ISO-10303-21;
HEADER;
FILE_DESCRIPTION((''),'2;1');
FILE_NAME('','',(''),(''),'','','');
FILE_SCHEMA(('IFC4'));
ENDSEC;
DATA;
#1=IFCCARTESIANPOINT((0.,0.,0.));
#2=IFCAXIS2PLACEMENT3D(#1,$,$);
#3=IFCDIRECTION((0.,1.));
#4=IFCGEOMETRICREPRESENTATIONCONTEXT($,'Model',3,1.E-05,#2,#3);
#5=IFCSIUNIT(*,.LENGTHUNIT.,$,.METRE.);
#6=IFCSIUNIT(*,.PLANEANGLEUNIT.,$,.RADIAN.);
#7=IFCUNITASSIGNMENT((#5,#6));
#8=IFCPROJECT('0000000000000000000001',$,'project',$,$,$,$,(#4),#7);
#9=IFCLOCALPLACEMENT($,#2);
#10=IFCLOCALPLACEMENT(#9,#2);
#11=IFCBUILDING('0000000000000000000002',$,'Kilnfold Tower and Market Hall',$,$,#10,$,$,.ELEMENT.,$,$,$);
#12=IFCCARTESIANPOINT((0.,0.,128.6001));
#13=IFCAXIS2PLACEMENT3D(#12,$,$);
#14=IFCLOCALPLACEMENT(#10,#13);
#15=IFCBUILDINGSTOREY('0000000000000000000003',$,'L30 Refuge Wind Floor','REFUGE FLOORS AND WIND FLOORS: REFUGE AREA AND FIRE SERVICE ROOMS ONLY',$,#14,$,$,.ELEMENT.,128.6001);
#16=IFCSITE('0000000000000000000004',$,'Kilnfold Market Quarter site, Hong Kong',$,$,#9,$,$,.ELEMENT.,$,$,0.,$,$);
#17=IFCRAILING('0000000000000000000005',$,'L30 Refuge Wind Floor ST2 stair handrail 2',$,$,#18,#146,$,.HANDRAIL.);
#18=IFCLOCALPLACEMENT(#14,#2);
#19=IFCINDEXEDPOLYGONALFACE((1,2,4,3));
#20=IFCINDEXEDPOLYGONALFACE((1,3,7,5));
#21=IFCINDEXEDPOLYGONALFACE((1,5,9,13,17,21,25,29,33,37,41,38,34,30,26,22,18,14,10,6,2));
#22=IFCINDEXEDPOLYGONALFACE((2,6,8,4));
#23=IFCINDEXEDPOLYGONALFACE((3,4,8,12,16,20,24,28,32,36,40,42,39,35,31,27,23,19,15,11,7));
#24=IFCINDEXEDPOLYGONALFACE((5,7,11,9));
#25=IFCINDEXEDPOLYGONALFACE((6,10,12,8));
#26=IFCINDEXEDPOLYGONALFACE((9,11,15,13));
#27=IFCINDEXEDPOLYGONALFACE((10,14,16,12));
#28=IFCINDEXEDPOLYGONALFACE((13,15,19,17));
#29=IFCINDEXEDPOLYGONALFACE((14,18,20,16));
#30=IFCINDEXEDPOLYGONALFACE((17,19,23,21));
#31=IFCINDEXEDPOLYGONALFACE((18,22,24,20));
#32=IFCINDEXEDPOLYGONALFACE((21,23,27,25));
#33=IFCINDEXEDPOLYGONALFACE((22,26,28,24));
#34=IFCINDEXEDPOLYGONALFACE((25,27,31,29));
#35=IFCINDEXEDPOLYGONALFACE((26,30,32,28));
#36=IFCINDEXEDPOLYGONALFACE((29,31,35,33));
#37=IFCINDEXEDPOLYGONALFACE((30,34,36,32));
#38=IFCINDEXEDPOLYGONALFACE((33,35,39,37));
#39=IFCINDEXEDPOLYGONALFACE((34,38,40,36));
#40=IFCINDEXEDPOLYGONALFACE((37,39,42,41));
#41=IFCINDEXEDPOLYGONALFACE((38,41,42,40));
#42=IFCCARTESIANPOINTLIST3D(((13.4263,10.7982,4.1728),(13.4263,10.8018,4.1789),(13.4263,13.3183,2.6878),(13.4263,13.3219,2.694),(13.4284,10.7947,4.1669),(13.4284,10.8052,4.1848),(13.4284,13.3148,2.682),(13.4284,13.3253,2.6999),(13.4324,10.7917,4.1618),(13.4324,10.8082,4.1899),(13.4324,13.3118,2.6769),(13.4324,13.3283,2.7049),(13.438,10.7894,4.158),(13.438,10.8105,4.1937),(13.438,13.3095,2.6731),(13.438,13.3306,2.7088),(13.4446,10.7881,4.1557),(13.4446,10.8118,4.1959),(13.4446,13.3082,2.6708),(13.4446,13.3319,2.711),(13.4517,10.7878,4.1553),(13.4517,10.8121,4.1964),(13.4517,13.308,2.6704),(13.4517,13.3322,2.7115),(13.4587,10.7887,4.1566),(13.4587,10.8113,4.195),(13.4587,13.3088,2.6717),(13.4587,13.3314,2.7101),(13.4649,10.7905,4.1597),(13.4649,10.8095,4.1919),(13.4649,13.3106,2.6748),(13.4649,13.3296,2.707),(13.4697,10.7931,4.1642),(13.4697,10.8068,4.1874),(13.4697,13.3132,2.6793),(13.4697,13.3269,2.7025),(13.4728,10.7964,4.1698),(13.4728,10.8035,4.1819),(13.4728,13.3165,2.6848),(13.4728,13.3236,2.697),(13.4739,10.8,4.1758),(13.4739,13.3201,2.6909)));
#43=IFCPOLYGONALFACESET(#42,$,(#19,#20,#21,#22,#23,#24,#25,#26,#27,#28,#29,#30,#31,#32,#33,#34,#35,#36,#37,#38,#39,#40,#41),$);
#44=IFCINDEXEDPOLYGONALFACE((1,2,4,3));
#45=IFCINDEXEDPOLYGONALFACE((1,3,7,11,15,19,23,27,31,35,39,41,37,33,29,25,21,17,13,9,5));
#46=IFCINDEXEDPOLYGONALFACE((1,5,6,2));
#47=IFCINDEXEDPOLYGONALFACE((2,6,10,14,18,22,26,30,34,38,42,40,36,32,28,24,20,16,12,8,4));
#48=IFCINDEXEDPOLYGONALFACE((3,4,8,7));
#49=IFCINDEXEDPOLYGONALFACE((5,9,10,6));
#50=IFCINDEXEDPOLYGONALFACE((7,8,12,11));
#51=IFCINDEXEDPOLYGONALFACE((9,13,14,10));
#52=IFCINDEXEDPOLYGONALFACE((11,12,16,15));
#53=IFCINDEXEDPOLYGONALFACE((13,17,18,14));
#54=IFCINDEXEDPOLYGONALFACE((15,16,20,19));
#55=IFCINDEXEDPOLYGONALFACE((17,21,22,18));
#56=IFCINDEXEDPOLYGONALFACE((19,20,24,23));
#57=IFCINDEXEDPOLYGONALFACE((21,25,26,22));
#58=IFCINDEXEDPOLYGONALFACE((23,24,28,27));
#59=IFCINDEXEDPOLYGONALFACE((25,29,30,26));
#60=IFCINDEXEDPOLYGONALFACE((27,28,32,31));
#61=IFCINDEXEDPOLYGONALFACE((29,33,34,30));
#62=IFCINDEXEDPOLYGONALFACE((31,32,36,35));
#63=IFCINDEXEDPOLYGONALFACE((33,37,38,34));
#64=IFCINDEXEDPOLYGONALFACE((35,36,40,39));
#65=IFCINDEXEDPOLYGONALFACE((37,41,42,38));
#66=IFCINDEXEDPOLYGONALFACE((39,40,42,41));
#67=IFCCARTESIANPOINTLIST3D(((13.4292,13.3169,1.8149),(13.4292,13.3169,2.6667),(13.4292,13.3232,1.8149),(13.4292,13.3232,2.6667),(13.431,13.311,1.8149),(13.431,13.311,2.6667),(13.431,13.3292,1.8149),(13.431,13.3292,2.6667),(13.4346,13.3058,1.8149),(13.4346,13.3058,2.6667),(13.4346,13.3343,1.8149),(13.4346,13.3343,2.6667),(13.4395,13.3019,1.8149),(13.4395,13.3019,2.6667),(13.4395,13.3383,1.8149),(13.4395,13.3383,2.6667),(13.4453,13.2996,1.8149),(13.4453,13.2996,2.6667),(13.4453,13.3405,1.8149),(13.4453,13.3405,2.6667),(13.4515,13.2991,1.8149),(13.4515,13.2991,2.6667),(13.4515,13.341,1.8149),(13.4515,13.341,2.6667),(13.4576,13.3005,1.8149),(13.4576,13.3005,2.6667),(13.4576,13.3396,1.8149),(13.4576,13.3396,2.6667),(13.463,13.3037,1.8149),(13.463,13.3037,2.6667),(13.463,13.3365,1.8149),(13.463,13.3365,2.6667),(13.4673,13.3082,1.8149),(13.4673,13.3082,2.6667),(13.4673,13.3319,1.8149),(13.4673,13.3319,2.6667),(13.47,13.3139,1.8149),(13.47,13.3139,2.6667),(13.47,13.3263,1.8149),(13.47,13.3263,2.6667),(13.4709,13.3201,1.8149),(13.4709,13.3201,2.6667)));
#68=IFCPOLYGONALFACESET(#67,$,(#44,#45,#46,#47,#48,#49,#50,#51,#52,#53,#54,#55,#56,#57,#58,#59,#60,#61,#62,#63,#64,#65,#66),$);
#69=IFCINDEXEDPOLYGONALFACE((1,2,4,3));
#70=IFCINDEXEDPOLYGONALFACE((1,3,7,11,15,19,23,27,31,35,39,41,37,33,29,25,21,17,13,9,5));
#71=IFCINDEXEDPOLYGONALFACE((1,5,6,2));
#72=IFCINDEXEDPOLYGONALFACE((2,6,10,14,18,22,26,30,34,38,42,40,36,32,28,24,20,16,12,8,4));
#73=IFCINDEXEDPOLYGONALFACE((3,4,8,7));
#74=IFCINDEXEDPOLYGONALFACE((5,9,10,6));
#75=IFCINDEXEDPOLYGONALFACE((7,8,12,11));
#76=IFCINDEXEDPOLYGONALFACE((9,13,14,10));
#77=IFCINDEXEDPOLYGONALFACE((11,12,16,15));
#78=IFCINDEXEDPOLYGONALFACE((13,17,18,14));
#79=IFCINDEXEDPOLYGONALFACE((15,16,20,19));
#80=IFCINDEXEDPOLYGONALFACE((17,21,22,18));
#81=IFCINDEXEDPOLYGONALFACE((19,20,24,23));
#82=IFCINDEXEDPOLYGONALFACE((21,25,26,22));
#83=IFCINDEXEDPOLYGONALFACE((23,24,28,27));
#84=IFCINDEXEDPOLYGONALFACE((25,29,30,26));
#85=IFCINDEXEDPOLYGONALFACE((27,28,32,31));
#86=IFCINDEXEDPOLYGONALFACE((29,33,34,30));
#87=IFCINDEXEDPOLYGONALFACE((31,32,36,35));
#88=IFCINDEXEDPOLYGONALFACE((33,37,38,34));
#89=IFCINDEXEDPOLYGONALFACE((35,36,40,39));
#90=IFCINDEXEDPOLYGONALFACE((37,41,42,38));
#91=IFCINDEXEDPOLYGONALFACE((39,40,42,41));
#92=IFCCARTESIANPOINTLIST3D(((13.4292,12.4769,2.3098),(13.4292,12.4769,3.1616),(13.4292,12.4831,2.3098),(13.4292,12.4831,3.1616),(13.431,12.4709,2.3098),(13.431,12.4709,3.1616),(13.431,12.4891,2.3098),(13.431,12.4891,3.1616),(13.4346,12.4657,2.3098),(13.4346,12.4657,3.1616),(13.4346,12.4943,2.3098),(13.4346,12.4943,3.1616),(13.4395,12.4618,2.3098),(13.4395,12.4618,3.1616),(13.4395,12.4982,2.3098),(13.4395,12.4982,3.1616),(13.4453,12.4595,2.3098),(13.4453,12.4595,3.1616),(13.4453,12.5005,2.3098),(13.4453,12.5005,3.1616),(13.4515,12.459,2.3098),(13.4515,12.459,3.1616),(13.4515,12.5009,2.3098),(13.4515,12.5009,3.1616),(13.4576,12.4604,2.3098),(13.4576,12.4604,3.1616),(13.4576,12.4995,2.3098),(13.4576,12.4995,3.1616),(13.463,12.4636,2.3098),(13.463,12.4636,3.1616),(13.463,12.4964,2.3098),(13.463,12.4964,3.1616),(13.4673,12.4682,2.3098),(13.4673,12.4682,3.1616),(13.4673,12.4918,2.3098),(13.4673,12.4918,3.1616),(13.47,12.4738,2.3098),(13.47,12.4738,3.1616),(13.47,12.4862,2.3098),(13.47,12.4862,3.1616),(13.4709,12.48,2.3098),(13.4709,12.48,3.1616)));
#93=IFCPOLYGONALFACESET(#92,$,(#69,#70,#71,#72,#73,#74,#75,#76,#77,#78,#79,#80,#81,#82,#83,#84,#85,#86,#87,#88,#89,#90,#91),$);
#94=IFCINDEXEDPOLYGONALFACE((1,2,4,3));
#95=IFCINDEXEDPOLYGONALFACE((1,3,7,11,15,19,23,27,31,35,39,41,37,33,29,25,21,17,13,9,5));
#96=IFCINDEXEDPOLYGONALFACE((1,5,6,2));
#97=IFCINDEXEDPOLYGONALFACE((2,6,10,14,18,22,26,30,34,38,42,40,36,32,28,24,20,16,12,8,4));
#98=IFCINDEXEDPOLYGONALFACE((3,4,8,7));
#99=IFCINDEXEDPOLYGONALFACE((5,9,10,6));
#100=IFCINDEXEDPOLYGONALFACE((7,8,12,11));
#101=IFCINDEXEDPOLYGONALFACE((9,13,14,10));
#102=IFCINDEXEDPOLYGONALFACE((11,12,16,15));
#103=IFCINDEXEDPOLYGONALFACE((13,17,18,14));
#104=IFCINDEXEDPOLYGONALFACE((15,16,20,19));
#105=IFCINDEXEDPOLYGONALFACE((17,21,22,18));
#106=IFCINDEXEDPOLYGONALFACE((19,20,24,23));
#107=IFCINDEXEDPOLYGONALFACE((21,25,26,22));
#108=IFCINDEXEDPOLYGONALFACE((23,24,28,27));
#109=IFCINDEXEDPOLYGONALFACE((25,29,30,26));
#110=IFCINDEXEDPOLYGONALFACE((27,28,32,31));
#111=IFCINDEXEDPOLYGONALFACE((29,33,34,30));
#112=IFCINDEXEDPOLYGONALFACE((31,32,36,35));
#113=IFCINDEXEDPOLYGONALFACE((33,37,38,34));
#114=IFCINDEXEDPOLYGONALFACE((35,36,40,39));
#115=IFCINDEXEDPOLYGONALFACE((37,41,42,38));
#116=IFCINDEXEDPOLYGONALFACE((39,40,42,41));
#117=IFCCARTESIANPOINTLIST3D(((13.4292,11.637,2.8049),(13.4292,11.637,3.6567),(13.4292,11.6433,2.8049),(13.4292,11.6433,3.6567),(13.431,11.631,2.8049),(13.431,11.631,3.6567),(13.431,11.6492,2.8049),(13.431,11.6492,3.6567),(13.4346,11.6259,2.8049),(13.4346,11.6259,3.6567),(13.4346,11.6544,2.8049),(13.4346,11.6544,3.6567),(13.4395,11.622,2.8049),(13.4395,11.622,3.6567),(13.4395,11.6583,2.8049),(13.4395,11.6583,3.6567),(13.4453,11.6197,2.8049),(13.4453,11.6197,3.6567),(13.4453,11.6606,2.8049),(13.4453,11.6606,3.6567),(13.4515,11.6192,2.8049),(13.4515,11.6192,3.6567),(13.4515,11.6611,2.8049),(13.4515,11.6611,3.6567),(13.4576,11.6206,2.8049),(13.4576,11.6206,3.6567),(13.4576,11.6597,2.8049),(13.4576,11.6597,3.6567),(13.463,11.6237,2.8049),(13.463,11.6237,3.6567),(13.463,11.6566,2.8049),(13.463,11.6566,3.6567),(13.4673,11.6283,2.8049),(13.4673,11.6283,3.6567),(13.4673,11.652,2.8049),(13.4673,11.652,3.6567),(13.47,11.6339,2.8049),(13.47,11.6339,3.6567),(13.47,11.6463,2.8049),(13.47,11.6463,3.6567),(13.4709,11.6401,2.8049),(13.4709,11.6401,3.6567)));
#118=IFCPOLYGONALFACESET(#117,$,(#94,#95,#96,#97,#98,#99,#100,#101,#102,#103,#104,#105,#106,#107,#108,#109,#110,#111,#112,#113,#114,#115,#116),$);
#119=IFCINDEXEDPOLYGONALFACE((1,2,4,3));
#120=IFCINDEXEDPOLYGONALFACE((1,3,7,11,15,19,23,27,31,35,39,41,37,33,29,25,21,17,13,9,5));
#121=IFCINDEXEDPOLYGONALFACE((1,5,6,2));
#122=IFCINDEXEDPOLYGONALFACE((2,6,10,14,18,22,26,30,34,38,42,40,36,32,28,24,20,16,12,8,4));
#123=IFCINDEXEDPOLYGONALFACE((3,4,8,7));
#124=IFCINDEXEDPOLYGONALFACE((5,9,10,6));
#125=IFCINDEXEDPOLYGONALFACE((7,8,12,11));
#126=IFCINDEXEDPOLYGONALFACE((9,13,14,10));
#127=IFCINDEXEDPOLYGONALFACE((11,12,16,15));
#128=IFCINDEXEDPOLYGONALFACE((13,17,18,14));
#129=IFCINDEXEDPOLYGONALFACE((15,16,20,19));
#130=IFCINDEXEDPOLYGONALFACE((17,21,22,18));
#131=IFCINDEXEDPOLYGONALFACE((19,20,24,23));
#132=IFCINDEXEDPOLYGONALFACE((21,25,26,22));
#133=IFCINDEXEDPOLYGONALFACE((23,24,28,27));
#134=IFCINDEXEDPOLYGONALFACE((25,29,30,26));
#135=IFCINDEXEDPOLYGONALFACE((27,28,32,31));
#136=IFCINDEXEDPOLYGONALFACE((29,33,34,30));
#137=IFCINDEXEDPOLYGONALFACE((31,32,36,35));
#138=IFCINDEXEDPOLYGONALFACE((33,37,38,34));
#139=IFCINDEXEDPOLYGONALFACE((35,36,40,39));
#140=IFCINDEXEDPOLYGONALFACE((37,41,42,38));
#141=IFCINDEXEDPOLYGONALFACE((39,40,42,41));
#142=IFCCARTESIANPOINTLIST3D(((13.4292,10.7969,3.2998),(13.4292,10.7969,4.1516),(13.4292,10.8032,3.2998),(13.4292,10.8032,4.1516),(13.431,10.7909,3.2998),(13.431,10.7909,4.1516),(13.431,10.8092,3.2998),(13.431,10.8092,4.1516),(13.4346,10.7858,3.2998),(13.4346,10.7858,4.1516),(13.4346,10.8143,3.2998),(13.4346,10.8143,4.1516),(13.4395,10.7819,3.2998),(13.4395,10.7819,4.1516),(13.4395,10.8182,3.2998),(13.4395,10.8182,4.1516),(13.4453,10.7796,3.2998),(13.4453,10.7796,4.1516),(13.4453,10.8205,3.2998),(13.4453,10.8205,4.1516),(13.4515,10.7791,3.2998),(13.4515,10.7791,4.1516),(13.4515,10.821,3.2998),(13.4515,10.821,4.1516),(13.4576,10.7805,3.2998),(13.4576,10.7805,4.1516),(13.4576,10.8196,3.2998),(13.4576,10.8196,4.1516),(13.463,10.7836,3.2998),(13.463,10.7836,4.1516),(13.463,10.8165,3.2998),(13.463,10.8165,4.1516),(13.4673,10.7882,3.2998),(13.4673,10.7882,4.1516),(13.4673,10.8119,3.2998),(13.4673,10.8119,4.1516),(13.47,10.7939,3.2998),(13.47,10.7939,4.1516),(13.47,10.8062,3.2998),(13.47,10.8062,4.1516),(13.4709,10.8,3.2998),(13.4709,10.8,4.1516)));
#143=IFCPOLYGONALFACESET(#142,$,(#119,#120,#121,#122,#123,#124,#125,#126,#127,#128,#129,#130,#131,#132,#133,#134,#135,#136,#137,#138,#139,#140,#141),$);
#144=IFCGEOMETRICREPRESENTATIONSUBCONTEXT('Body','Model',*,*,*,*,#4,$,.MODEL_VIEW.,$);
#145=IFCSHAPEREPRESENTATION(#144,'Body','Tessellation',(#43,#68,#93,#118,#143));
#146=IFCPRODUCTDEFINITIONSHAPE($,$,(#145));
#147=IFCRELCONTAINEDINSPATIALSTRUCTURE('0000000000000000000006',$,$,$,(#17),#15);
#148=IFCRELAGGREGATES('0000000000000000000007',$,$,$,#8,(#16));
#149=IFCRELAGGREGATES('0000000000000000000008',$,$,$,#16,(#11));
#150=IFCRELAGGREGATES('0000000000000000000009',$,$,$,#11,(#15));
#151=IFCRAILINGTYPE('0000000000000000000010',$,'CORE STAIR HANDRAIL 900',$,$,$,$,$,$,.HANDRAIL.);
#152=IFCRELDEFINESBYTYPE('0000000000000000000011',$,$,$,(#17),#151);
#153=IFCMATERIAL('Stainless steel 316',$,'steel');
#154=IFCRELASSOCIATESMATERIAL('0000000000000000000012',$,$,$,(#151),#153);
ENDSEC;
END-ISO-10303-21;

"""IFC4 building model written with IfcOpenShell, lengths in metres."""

from ifc_helpers import new_model, si_unit, direction, frame, origin, origin_2d, place, context, subcontext, project, spatial, circle, extrude, material, type_object, element, save


model = new_model("IFC4")

# Units and contexts
model_context = context("Model", 3, precision=1e-05, world=origin(), true_north=direction((0.0, 1.0)))
body_context = subcontext(model_context, "Body", "Model", "MODEL_VIEW")
ifc_project = project(units=[si_unit("LENGTHUNIT", "METRE"), si_unit("PLANEANGLEUNIT", "RADIAN")], contexts=[model_context])

# Site, building, storey
site_placement = place(None, origin())
site = spatial("IfcSite", under=ifc_project, at=site_placement, Name="Kilnfold Market Quarter site, Hong Kong", CompositionType="ELEMENT", RefElevation=0.0)
building_placement = place(site_placement, origin())
building = spatial("IfcBuilding", under=site, at=building_placement, Name="Kilnfold Tower and Market Hall", CompositionType="ELEMENT")
storey_placement = place(building_placement, frame((0.0, 0.0, 128.6001)))
storey = spatial("IfcBuildingStorey", under=building, at=storey_placement, Name="L30 Refuge Wind Floor", Description="REFUGE FLOORS AND WIND FLOORS: REFUGE AREA AND FIRE SERVICE ROOMS ONLY", CompositionType="ELEMENT", Elevation=128.6001)

# Railing
ifc_material_1 = material(Name="Stainless steel 316", Category="steel")
railing_type_1 = type_object("IfcRailingType", Name="CORE STAIR HANDRAIL 900", PredefinedType="HANDRAIL", material=ifc_material_1)
railing_1_placement = place(storey_placement, frame((13.45, 13.3201, 1.8149)))
element("IfcRailing", 1, at=railing_1_placement, inside=storey, type_object=railing_type_1, Name="L30 Refuge Wind Floor ST2 stair handrail 2", PredefinedType="HANDRAIL", context=body_context, shape_type="SweptSolid", body=[
    extrude(circle(Radius=0.0239, at=origin_2d()), frame((0.0, 0.0, 0.876), z_axis=(0.0, -0.861561, 0.507655), x_axis=(1.0, 0.0, 0.0)), (0.0, 0.0, 1.0), 2.925),
    extrude(circle(Radius=0.021, at=origin_2d()), origin(), (0.0, 0.0, 1.0), 0.8518),
    extrude(circle(Radius=0.021, at=origin_2d()), frame((0.0, -0.8401, 0.4949)), (0.0, 0.0, 1.0), 0.8518),
    extrude(circle(Radius=0.021, at=origin_2d()), frame((0.0, -1.6799, 0.99)), (0.0, 0.0, 1.0), 0.8518),
    extrude(circle(Radius=0.021, at=origin_2d()), frame((0.0, -2.52, 1.4849)), (0.0, 0.0, 1.0), 0.8518),
])

save(model, "model.ifc")
